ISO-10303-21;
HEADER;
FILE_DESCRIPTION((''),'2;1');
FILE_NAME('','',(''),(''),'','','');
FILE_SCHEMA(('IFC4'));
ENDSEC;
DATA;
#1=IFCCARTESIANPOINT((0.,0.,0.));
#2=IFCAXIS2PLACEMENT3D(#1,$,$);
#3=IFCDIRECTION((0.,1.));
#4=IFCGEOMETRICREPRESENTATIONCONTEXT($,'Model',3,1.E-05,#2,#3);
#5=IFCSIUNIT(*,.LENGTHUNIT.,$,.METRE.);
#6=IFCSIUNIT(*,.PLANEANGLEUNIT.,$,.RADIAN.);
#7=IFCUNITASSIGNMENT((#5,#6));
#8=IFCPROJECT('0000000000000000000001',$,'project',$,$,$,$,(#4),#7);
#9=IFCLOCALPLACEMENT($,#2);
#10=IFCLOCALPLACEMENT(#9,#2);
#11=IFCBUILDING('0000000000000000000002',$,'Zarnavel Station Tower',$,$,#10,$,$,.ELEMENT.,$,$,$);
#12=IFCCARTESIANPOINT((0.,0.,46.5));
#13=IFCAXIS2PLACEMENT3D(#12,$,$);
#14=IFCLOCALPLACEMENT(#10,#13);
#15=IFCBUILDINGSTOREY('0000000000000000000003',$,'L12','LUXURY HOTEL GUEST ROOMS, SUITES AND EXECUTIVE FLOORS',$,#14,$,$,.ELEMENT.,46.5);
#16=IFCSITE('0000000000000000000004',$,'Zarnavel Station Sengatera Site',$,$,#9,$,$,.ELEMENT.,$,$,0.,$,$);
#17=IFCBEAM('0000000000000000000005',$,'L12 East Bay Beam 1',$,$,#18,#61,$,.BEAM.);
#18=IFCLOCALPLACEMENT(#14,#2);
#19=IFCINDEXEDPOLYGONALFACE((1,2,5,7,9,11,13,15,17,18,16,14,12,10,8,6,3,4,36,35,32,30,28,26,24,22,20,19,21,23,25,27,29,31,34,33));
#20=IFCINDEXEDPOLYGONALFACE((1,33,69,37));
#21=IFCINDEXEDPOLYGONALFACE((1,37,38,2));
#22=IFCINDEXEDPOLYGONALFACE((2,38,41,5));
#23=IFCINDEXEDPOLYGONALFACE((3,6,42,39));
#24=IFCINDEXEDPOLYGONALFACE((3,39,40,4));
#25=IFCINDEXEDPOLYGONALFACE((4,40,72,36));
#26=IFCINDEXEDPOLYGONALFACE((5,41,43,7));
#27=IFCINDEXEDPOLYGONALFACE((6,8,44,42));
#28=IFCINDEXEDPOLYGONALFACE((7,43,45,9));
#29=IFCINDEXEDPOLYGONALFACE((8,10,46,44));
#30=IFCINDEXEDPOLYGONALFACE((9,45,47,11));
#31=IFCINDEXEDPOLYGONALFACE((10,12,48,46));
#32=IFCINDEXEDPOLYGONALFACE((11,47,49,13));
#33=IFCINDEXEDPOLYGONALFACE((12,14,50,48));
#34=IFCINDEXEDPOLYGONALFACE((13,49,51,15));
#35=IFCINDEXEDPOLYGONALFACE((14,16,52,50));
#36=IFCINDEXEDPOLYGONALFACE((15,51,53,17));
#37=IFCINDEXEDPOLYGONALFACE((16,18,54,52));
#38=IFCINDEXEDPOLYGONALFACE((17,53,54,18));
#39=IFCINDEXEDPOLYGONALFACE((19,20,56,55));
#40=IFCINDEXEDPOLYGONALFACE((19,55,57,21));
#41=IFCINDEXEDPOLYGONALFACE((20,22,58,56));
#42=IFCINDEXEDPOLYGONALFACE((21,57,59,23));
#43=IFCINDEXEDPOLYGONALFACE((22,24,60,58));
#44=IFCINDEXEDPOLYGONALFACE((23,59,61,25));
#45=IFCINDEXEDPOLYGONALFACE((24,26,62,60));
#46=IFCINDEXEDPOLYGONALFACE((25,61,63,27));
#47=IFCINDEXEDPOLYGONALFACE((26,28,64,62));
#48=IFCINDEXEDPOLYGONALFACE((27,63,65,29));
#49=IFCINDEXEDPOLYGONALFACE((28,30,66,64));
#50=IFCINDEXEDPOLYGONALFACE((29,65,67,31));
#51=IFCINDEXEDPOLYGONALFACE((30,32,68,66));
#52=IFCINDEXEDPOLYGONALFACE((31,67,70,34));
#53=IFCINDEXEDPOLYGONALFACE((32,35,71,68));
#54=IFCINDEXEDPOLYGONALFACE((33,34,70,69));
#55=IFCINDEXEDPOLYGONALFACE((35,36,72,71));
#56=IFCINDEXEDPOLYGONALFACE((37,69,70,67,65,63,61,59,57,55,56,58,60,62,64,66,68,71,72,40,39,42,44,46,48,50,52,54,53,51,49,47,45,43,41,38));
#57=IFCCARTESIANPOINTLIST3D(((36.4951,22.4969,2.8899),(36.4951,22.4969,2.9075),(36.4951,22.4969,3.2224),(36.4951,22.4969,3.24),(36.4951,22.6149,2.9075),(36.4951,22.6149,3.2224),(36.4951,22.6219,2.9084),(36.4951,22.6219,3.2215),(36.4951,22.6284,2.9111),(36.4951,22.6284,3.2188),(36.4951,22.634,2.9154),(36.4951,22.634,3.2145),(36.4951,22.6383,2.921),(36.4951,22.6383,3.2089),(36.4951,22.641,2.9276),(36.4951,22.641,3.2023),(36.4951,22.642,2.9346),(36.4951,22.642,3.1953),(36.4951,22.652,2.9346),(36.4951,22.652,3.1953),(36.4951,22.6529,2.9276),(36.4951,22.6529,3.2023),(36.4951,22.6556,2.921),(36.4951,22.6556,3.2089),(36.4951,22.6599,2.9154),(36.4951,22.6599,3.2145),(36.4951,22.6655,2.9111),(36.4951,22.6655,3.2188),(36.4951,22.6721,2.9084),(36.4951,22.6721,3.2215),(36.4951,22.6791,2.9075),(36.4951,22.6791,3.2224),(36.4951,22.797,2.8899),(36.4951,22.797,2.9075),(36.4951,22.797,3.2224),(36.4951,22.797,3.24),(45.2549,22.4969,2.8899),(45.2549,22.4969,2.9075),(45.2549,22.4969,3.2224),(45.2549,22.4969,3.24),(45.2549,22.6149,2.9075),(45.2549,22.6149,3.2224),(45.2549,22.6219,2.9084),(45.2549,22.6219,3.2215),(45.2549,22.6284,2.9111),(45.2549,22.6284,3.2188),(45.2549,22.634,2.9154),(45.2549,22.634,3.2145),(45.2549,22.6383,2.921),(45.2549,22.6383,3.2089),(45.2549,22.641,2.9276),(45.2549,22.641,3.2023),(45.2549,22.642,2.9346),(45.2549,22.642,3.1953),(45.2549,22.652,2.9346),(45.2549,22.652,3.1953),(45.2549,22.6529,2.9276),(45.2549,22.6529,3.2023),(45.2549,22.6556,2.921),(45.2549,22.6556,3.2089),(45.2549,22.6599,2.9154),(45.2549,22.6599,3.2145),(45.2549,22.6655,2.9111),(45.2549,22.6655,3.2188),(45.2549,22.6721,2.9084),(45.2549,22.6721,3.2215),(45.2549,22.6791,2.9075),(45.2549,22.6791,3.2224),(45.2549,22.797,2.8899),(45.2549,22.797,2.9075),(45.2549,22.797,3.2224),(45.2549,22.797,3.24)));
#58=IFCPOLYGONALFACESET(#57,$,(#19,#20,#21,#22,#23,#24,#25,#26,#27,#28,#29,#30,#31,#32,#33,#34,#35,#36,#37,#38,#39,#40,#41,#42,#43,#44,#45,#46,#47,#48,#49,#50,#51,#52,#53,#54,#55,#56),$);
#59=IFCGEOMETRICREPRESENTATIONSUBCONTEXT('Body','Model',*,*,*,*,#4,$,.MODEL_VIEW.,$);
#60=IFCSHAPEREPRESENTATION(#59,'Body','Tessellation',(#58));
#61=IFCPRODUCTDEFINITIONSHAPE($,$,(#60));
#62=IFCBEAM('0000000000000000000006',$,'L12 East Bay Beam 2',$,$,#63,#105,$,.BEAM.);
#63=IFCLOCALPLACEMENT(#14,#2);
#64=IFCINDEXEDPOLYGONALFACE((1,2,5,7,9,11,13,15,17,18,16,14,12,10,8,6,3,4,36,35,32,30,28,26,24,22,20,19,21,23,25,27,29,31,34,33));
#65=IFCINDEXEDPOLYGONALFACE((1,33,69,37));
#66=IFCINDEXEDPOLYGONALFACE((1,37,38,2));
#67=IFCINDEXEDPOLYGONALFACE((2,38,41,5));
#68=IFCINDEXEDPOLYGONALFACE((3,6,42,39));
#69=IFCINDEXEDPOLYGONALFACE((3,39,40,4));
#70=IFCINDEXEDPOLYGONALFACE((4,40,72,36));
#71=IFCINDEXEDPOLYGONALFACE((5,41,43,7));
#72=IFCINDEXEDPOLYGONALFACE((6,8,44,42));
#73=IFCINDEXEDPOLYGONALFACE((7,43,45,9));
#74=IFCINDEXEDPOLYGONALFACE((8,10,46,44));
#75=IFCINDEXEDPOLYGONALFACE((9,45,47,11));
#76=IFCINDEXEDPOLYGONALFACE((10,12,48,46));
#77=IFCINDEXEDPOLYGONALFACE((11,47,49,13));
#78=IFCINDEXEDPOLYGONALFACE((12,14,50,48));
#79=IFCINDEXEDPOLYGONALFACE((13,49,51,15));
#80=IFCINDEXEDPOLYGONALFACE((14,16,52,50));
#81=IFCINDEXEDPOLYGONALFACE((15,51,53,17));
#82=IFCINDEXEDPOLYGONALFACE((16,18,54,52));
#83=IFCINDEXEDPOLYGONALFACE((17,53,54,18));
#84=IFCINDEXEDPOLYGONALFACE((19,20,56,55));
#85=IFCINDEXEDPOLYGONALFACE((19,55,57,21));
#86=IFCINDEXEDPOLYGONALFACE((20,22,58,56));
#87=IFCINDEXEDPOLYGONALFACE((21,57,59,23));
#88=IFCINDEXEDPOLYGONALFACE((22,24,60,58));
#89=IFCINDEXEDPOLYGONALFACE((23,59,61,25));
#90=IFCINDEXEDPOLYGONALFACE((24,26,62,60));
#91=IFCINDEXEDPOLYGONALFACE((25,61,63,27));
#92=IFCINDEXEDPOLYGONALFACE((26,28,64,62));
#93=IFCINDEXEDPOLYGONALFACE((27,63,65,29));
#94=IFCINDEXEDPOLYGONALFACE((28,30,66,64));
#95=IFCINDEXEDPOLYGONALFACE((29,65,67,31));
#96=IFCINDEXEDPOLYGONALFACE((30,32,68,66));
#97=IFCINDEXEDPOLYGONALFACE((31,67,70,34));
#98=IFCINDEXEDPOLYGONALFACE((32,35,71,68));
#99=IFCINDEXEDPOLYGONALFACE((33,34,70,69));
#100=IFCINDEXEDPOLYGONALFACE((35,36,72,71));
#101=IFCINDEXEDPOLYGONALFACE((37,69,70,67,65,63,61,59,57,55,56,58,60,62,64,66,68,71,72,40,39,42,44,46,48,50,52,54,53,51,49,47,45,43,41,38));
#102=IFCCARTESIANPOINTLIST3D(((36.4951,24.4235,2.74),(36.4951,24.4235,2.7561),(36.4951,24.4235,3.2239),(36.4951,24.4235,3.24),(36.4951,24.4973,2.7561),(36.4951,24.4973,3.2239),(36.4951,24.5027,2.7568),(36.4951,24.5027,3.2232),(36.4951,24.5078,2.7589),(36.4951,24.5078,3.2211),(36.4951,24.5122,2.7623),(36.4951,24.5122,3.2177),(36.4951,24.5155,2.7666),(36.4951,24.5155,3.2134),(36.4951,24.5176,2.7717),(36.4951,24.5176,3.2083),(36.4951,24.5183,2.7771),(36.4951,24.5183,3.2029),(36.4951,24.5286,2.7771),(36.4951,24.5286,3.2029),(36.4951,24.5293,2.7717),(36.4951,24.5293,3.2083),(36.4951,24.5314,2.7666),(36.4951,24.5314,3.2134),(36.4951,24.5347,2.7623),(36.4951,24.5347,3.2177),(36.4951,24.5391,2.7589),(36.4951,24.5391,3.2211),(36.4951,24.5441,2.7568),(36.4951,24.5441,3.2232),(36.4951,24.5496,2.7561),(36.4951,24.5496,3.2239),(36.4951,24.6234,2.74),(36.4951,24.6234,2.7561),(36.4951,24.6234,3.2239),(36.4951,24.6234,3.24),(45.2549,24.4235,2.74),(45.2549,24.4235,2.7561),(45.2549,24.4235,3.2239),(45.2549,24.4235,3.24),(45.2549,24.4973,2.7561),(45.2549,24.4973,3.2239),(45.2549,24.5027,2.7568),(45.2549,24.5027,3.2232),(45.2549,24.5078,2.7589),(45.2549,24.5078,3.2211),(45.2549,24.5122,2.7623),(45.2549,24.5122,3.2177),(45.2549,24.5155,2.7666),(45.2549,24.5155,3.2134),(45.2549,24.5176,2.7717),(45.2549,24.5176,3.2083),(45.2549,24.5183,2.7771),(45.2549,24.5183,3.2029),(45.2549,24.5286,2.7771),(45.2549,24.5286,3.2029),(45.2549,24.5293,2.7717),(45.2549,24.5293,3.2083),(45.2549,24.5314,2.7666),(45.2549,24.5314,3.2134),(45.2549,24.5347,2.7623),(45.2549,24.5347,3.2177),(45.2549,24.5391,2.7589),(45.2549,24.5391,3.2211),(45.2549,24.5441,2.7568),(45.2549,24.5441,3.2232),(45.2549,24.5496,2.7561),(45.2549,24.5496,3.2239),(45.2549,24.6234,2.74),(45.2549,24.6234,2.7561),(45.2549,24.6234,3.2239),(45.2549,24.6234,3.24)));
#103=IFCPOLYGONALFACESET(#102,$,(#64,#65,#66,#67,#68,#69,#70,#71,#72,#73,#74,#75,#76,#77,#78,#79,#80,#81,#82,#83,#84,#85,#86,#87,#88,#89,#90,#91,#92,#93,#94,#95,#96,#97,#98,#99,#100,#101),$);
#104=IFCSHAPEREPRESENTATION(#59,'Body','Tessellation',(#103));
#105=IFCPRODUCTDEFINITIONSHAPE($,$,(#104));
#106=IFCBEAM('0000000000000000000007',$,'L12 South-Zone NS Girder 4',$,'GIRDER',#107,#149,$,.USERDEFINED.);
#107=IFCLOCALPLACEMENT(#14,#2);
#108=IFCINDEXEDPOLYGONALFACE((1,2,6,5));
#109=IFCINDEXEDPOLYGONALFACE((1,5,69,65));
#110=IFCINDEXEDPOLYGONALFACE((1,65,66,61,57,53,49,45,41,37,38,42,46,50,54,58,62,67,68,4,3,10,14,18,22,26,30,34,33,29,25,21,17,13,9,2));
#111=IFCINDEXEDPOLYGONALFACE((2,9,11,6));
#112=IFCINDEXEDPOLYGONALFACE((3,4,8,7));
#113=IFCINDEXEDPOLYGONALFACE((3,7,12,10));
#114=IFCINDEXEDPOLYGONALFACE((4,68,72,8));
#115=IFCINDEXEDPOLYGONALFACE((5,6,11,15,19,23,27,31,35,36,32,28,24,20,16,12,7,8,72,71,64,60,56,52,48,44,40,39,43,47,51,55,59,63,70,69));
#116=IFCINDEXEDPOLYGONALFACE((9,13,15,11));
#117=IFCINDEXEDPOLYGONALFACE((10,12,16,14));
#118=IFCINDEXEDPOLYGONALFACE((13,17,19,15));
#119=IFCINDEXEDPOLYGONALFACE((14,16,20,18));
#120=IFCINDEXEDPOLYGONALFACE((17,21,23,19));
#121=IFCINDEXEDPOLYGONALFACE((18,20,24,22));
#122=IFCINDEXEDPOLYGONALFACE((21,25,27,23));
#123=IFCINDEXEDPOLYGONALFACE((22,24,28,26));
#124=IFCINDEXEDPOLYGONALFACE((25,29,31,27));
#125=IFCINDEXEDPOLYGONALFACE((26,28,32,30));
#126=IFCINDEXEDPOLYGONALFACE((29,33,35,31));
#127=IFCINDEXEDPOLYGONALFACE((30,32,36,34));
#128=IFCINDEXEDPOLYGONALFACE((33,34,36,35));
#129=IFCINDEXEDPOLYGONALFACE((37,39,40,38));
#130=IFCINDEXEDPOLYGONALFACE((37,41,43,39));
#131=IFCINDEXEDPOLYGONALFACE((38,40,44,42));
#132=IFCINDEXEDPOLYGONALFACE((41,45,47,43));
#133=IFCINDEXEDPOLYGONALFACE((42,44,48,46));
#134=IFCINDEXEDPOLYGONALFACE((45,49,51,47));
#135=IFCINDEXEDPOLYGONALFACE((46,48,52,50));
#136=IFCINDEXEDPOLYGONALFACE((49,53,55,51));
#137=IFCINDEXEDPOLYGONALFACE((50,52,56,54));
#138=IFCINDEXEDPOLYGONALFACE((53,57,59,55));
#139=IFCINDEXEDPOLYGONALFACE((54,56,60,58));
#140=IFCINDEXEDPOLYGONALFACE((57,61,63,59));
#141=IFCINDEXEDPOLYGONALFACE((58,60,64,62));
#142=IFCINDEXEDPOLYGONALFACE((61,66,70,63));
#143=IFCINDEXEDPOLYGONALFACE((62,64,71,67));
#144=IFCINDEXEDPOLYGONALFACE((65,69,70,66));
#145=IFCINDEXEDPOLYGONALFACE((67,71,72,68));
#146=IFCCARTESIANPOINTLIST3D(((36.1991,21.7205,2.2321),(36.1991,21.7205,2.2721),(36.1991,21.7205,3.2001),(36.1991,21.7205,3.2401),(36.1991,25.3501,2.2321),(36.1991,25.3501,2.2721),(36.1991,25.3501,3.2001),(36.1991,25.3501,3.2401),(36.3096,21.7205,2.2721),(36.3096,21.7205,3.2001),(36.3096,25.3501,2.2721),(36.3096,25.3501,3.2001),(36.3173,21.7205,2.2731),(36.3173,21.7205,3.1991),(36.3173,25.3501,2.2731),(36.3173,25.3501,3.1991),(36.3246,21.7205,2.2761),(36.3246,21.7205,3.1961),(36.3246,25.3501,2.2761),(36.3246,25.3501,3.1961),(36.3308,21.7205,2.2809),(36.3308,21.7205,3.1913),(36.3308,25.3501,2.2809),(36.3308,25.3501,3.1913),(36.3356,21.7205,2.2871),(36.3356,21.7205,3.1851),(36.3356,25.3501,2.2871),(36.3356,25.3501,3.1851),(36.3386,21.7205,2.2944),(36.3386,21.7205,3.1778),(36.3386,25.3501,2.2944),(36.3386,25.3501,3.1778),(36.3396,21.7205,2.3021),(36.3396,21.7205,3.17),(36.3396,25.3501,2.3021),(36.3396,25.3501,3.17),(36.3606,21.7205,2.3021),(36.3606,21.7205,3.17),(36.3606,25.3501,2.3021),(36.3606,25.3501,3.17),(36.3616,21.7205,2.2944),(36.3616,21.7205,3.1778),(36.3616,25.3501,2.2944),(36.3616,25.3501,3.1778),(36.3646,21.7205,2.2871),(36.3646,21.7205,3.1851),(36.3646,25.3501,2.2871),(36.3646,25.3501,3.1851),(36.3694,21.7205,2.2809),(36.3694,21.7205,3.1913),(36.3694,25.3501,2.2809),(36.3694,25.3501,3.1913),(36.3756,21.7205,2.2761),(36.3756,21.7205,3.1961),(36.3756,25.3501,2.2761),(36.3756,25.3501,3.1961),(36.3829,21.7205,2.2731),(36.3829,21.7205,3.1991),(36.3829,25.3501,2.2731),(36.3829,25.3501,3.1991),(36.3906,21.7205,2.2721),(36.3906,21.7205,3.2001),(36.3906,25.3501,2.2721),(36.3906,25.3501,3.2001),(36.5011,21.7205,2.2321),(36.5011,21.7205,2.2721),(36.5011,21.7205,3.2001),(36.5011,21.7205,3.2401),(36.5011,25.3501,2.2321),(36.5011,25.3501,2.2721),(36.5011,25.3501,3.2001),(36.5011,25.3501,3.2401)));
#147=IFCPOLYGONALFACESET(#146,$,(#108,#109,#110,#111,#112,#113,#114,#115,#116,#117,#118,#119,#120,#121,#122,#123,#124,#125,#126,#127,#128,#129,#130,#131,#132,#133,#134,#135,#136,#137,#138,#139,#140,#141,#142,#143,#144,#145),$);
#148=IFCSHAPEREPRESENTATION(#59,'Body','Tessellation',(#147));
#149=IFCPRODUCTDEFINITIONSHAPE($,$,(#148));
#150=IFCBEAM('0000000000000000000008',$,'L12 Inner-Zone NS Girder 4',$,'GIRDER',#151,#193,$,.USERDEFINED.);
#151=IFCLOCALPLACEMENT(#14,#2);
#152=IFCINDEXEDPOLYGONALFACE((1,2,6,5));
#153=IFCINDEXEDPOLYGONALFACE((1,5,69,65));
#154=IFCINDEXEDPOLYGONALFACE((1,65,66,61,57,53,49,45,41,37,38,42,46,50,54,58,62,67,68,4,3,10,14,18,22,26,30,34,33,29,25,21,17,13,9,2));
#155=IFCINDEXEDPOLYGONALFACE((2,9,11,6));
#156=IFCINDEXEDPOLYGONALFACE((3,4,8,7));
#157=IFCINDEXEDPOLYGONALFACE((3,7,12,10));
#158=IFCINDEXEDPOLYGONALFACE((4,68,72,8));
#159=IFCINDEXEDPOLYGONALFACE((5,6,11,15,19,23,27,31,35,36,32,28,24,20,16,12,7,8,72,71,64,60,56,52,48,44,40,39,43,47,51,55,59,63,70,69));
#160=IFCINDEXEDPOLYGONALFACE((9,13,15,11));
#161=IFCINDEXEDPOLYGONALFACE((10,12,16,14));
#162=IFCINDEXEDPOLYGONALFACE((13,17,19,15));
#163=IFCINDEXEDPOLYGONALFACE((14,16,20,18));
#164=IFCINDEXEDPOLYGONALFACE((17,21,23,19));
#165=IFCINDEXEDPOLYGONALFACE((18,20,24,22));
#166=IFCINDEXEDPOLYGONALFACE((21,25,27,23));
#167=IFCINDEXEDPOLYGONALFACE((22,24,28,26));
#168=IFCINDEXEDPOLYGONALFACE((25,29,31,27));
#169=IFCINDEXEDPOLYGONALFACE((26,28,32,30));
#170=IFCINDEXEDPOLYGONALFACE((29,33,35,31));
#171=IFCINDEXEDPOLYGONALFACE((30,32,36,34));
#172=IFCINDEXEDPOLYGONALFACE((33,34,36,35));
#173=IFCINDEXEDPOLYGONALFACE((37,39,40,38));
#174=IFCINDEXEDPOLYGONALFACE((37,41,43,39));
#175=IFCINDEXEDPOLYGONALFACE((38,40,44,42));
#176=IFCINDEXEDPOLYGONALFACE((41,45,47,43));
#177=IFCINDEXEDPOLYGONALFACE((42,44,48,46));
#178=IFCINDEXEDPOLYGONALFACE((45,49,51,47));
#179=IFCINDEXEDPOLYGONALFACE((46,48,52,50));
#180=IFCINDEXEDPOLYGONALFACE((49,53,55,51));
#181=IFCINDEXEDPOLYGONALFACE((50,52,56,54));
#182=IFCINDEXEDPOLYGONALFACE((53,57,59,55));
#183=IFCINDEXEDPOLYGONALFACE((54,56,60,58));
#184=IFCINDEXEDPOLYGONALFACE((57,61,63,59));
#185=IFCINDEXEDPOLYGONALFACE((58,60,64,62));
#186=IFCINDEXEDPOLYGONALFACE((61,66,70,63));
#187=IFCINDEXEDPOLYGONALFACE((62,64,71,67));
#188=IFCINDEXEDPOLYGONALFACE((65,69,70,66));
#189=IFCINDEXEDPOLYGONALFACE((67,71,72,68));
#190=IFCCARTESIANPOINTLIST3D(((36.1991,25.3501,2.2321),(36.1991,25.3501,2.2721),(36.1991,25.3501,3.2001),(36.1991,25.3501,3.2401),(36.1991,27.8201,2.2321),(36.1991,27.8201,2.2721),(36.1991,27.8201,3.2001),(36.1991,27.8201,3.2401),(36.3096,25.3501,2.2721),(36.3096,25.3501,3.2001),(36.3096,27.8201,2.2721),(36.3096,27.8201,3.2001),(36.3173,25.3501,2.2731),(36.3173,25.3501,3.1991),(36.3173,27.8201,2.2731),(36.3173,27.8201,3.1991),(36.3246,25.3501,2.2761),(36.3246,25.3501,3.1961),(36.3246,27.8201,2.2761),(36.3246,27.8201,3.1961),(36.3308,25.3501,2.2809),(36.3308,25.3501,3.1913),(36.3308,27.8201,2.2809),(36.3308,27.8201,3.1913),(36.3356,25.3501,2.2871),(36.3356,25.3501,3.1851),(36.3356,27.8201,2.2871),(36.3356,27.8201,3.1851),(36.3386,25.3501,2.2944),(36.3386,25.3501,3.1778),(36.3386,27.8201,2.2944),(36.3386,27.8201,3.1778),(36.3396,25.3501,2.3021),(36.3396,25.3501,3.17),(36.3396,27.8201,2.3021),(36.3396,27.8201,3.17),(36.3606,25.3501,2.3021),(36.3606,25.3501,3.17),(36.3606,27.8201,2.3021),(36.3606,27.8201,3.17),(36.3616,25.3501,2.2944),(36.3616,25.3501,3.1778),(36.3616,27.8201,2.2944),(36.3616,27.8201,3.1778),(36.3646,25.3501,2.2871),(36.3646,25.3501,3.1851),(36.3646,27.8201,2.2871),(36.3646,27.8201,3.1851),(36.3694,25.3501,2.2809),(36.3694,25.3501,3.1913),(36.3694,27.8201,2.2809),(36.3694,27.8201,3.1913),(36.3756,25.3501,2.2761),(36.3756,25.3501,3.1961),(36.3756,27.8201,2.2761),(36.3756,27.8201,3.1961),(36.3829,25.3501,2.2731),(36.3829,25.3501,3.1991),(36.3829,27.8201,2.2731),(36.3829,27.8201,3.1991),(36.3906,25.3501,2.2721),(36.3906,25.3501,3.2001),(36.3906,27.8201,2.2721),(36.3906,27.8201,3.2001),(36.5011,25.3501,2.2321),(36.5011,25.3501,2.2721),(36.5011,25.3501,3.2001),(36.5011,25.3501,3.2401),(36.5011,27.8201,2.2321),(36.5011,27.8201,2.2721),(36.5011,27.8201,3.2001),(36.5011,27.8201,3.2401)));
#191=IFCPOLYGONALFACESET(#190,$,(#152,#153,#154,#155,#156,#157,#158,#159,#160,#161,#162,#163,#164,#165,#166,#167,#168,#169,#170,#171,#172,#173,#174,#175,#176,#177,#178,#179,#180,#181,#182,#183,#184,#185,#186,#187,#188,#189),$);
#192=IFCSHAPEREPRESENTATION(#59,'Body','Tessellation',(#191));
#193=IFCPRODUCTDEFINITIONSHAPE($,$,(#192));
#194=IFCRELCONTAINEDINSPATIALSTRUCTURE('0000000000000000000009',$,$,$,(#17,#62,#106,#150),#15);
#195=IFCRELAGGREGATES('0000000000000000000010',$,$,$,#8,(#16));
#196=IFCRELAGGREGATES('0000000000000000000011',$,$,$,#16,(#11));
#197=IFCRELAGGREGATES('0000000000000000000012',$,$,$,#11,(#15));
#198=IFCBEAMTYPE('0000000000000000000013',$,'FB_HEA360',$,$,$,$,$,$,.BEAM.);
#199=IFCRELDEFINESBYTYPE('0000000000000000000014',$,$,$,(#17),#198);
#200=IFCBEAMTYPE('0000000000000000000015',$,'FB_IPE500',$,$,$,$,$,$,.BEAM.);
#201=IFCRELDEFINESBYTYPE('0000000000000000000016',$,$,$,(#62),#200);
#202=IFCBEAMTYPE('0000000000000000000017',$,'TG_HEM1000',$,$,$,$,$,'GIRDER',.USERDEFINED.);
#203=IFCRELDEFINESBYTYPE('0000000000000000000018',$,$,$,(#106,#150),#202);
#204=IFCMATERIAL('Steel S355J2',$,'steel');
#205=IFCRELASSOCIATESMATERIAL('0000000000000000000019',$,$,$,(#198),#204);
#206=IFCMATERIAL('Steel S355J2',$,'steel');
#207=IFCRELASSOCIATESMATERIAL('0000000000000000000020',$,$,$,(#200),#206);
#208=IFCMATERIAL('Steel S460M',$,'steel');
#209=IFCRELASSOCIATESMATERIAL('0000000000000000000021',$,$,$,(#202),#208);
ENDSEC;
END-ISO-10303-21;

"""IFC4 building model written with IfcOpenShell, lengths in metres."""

from ifc_helpers import new_model, si_unit, direction, frame, origin, origin_2d, place, context, subcontext, project, spatial, i_section, extrude, material, material_profile, profile_set, type_object, element, save


model = new_model("IFC4")

# Units and contexts
model_context = context("Model", 3, precision=1e-05, world=origin(), true_north=direction((0.0, 1.0)))
body_context = subcontext(model_context, "Body", "Model", "MODEL_VIEW")
ifc_project = project(units=[si_unit("LENGTHUNIT", "METRE"), si_unit("PLANEANGLEUNIT", "RADIAN")], contexts=[model_context])

# Site, building, storey
site_placement = place(None, origin())
site = spatial("IfcSite", under=ifc_project, at=site_placement, Name="Zarnavel Station Sengatera Site", CompositionType="ELEMENT", RefElevation=0.0)
building_placement = place(site_placement, origin())
building = spatial("IfcBuilding", under=site, at=building_placement, Name="Zarnavel Station Tower", CompositionType="ELEMENT")
storey_placement = place(building_placement, frame((0.0, 0.0, 46.5)))
storey = spatial("IfcBuildingStorey", under=building, at=storey_placement, Name="L12", Description="LUXURY HOTEL GUEST ROOMS, SUITES AND EXECUTIVE FLOORS", CompositionType="ELEMENT", Elevation=46.5)

# Beams
ifc_material_1 = material(Name="Steel S355J2", Category="steel")
ifc_material_profile_1 = material_profile(ifc_material_1, i_section(OverallWidth=0.3, OverallDepth=0.3501, WebThickness=0.01, FlangeThickness=0.0176, FilletRadius=0.0271, at=origin_2d()), Name="HEA360")
ifc_profile_set_1 = profile_set([ifc_material_profile_1], Name="Steel S355J2")
beam_type_1 = type_object("IfcBeamType", Name="FB_HEA360", PredefinedType="BEAM", material=ifc_profile_set_1)
beam_1_placement = place(storey_placement, frame((36.4951, 22.647, 3.0649), z_axis=(1.0, 0.0, 0.0), x_axis=(0.0, 1.0, 0.0)))
element("IfcBeam", 1, at=beam_1_placement, inside=storey, type_object=beam_type_1, Name="L12 East Bay Beam 1", PredefinedType="BEAM", context=body_context, shape_type="SweptSolid", body=[
    extrude(i_section(OverallWidth=0.3, OverallDepth=0.3501, WebThickness=0.01, FlangeThickness=0.0176, FilletRadius=0.0271, at=origin_2d()), origin(), (0.0, 0.0, 1.0), 8.7598),
])
ifc_material_2 = material(Name="Steel S355J2", Category="steel")
ifc_material_profile_2 = material_profile(ifc_material_2, i_section(OverallWidth=0.2, OverallDepth=0.5, WebThickness=0.0103, FlangeThickness=0.0161, FilletRadius=0.021, at=origin_2d()), Name="IPE500")
ifc_profile_set_2 = profile_set([ifc_material_profile_2], Name="Steel S355J2")
beam_type_2 = type_object("IfcBeamType", Name="FB_IPE500", PredefinedType="BEAM", material=ifc_profile_set_2)
beam_2_placement = place(storey_placement, frame((36.4951, 24.5234, 2.99), z_axis=(1.0, 0.0, 0.0), x_axis=(0.0, 1.0, 0.0)))
element("IfcBeam", 2, at=beam_2_placement, inside=storey, type_object=beam_type_2, Name="L12 East Bay Beam 2", PredefinedType="BEAM", context=body_context, shape_type="SweptSolid", body=[
    extrude(i_section(OverallWidth=0.2, OverallDepth=0.5, WebThickness=0.0103, FlangeThickness=0.0161, FilletRadius=0.021, at=origin_2d()), origin(), (0.0, 0.0, 1.0), 8.7598),
])
ifc_material_3 = material(Name="Steel S460M", Category="steel")
ifc_material_profile_3 = material_profile(ifc_material_3, i_section(OverallWidth=0.302, OverallDepth=1.0081, WebThickness=0.021, FlangeThickness=0.04, FilletRadius=0.03, at=origin_2d()), Name="HEM1000")
ifc_profile_set_3 = profile_set([ifc_material_profile_3], Name="Steel S460M")
beam_type_3 = type_object("IfcBeamType", Name="TG_HEM1000", ElementType="GIRDER", PredefinedType="USERDEFINED", material=ifc_profile_set_3)
beam_3_placement = place(storey_placement, frame((36.3501, 21.7205, 2.7361), z_axis=(0.0, 1.0, 0.0), x_axis=(-1.0, 0.0, 0.0)))
element("IfcBeam", 3, at=beam_3_placement, inside=storey, type_object=beam_type_3, Name="L12 South-Zone NS Girder 4", ObjectType="GIRDER", PredefinedType="USERDEFINED", context=body_context, shape_type="SweptSolid", body=[
    extrude(i_section(OverallWidth=0.302, OverallDepth=1.0081, WebThickness=0.021, FlangeThickness=0.04, FilletRadius=0.03, at=origin_2d()), origin(), (0.0, 0.0, 1.0), 3.6296),
])
beam_4_placement = place(storey_placement, frame((36.3501, 25.3501, 2.7361), z_axis=(0.0, 1.0, 0.0), x_axis=(-1.0, 0.0, 0.0)))
element("IfcBeam", 4, at=beam_4_placement, inside=storey, type_object=beam_type_3, Name="L12 Inner-Zone NS Girder 4", ObjectType="GIRDER", PredefinedType="USERDEFINED", context=body_context, shape_type="SweptSolid", body=[
    extrude(i_section(OverallWidth=0.302, OverallDepth=1.0081, WebThickness=0.021, FlangeThickness=0.04, FilletRadius=0.03, at=origin_2d()), origin(), (0.0, 0.0, 1.0), 2.47),
])

save(model, "model.ifc")
